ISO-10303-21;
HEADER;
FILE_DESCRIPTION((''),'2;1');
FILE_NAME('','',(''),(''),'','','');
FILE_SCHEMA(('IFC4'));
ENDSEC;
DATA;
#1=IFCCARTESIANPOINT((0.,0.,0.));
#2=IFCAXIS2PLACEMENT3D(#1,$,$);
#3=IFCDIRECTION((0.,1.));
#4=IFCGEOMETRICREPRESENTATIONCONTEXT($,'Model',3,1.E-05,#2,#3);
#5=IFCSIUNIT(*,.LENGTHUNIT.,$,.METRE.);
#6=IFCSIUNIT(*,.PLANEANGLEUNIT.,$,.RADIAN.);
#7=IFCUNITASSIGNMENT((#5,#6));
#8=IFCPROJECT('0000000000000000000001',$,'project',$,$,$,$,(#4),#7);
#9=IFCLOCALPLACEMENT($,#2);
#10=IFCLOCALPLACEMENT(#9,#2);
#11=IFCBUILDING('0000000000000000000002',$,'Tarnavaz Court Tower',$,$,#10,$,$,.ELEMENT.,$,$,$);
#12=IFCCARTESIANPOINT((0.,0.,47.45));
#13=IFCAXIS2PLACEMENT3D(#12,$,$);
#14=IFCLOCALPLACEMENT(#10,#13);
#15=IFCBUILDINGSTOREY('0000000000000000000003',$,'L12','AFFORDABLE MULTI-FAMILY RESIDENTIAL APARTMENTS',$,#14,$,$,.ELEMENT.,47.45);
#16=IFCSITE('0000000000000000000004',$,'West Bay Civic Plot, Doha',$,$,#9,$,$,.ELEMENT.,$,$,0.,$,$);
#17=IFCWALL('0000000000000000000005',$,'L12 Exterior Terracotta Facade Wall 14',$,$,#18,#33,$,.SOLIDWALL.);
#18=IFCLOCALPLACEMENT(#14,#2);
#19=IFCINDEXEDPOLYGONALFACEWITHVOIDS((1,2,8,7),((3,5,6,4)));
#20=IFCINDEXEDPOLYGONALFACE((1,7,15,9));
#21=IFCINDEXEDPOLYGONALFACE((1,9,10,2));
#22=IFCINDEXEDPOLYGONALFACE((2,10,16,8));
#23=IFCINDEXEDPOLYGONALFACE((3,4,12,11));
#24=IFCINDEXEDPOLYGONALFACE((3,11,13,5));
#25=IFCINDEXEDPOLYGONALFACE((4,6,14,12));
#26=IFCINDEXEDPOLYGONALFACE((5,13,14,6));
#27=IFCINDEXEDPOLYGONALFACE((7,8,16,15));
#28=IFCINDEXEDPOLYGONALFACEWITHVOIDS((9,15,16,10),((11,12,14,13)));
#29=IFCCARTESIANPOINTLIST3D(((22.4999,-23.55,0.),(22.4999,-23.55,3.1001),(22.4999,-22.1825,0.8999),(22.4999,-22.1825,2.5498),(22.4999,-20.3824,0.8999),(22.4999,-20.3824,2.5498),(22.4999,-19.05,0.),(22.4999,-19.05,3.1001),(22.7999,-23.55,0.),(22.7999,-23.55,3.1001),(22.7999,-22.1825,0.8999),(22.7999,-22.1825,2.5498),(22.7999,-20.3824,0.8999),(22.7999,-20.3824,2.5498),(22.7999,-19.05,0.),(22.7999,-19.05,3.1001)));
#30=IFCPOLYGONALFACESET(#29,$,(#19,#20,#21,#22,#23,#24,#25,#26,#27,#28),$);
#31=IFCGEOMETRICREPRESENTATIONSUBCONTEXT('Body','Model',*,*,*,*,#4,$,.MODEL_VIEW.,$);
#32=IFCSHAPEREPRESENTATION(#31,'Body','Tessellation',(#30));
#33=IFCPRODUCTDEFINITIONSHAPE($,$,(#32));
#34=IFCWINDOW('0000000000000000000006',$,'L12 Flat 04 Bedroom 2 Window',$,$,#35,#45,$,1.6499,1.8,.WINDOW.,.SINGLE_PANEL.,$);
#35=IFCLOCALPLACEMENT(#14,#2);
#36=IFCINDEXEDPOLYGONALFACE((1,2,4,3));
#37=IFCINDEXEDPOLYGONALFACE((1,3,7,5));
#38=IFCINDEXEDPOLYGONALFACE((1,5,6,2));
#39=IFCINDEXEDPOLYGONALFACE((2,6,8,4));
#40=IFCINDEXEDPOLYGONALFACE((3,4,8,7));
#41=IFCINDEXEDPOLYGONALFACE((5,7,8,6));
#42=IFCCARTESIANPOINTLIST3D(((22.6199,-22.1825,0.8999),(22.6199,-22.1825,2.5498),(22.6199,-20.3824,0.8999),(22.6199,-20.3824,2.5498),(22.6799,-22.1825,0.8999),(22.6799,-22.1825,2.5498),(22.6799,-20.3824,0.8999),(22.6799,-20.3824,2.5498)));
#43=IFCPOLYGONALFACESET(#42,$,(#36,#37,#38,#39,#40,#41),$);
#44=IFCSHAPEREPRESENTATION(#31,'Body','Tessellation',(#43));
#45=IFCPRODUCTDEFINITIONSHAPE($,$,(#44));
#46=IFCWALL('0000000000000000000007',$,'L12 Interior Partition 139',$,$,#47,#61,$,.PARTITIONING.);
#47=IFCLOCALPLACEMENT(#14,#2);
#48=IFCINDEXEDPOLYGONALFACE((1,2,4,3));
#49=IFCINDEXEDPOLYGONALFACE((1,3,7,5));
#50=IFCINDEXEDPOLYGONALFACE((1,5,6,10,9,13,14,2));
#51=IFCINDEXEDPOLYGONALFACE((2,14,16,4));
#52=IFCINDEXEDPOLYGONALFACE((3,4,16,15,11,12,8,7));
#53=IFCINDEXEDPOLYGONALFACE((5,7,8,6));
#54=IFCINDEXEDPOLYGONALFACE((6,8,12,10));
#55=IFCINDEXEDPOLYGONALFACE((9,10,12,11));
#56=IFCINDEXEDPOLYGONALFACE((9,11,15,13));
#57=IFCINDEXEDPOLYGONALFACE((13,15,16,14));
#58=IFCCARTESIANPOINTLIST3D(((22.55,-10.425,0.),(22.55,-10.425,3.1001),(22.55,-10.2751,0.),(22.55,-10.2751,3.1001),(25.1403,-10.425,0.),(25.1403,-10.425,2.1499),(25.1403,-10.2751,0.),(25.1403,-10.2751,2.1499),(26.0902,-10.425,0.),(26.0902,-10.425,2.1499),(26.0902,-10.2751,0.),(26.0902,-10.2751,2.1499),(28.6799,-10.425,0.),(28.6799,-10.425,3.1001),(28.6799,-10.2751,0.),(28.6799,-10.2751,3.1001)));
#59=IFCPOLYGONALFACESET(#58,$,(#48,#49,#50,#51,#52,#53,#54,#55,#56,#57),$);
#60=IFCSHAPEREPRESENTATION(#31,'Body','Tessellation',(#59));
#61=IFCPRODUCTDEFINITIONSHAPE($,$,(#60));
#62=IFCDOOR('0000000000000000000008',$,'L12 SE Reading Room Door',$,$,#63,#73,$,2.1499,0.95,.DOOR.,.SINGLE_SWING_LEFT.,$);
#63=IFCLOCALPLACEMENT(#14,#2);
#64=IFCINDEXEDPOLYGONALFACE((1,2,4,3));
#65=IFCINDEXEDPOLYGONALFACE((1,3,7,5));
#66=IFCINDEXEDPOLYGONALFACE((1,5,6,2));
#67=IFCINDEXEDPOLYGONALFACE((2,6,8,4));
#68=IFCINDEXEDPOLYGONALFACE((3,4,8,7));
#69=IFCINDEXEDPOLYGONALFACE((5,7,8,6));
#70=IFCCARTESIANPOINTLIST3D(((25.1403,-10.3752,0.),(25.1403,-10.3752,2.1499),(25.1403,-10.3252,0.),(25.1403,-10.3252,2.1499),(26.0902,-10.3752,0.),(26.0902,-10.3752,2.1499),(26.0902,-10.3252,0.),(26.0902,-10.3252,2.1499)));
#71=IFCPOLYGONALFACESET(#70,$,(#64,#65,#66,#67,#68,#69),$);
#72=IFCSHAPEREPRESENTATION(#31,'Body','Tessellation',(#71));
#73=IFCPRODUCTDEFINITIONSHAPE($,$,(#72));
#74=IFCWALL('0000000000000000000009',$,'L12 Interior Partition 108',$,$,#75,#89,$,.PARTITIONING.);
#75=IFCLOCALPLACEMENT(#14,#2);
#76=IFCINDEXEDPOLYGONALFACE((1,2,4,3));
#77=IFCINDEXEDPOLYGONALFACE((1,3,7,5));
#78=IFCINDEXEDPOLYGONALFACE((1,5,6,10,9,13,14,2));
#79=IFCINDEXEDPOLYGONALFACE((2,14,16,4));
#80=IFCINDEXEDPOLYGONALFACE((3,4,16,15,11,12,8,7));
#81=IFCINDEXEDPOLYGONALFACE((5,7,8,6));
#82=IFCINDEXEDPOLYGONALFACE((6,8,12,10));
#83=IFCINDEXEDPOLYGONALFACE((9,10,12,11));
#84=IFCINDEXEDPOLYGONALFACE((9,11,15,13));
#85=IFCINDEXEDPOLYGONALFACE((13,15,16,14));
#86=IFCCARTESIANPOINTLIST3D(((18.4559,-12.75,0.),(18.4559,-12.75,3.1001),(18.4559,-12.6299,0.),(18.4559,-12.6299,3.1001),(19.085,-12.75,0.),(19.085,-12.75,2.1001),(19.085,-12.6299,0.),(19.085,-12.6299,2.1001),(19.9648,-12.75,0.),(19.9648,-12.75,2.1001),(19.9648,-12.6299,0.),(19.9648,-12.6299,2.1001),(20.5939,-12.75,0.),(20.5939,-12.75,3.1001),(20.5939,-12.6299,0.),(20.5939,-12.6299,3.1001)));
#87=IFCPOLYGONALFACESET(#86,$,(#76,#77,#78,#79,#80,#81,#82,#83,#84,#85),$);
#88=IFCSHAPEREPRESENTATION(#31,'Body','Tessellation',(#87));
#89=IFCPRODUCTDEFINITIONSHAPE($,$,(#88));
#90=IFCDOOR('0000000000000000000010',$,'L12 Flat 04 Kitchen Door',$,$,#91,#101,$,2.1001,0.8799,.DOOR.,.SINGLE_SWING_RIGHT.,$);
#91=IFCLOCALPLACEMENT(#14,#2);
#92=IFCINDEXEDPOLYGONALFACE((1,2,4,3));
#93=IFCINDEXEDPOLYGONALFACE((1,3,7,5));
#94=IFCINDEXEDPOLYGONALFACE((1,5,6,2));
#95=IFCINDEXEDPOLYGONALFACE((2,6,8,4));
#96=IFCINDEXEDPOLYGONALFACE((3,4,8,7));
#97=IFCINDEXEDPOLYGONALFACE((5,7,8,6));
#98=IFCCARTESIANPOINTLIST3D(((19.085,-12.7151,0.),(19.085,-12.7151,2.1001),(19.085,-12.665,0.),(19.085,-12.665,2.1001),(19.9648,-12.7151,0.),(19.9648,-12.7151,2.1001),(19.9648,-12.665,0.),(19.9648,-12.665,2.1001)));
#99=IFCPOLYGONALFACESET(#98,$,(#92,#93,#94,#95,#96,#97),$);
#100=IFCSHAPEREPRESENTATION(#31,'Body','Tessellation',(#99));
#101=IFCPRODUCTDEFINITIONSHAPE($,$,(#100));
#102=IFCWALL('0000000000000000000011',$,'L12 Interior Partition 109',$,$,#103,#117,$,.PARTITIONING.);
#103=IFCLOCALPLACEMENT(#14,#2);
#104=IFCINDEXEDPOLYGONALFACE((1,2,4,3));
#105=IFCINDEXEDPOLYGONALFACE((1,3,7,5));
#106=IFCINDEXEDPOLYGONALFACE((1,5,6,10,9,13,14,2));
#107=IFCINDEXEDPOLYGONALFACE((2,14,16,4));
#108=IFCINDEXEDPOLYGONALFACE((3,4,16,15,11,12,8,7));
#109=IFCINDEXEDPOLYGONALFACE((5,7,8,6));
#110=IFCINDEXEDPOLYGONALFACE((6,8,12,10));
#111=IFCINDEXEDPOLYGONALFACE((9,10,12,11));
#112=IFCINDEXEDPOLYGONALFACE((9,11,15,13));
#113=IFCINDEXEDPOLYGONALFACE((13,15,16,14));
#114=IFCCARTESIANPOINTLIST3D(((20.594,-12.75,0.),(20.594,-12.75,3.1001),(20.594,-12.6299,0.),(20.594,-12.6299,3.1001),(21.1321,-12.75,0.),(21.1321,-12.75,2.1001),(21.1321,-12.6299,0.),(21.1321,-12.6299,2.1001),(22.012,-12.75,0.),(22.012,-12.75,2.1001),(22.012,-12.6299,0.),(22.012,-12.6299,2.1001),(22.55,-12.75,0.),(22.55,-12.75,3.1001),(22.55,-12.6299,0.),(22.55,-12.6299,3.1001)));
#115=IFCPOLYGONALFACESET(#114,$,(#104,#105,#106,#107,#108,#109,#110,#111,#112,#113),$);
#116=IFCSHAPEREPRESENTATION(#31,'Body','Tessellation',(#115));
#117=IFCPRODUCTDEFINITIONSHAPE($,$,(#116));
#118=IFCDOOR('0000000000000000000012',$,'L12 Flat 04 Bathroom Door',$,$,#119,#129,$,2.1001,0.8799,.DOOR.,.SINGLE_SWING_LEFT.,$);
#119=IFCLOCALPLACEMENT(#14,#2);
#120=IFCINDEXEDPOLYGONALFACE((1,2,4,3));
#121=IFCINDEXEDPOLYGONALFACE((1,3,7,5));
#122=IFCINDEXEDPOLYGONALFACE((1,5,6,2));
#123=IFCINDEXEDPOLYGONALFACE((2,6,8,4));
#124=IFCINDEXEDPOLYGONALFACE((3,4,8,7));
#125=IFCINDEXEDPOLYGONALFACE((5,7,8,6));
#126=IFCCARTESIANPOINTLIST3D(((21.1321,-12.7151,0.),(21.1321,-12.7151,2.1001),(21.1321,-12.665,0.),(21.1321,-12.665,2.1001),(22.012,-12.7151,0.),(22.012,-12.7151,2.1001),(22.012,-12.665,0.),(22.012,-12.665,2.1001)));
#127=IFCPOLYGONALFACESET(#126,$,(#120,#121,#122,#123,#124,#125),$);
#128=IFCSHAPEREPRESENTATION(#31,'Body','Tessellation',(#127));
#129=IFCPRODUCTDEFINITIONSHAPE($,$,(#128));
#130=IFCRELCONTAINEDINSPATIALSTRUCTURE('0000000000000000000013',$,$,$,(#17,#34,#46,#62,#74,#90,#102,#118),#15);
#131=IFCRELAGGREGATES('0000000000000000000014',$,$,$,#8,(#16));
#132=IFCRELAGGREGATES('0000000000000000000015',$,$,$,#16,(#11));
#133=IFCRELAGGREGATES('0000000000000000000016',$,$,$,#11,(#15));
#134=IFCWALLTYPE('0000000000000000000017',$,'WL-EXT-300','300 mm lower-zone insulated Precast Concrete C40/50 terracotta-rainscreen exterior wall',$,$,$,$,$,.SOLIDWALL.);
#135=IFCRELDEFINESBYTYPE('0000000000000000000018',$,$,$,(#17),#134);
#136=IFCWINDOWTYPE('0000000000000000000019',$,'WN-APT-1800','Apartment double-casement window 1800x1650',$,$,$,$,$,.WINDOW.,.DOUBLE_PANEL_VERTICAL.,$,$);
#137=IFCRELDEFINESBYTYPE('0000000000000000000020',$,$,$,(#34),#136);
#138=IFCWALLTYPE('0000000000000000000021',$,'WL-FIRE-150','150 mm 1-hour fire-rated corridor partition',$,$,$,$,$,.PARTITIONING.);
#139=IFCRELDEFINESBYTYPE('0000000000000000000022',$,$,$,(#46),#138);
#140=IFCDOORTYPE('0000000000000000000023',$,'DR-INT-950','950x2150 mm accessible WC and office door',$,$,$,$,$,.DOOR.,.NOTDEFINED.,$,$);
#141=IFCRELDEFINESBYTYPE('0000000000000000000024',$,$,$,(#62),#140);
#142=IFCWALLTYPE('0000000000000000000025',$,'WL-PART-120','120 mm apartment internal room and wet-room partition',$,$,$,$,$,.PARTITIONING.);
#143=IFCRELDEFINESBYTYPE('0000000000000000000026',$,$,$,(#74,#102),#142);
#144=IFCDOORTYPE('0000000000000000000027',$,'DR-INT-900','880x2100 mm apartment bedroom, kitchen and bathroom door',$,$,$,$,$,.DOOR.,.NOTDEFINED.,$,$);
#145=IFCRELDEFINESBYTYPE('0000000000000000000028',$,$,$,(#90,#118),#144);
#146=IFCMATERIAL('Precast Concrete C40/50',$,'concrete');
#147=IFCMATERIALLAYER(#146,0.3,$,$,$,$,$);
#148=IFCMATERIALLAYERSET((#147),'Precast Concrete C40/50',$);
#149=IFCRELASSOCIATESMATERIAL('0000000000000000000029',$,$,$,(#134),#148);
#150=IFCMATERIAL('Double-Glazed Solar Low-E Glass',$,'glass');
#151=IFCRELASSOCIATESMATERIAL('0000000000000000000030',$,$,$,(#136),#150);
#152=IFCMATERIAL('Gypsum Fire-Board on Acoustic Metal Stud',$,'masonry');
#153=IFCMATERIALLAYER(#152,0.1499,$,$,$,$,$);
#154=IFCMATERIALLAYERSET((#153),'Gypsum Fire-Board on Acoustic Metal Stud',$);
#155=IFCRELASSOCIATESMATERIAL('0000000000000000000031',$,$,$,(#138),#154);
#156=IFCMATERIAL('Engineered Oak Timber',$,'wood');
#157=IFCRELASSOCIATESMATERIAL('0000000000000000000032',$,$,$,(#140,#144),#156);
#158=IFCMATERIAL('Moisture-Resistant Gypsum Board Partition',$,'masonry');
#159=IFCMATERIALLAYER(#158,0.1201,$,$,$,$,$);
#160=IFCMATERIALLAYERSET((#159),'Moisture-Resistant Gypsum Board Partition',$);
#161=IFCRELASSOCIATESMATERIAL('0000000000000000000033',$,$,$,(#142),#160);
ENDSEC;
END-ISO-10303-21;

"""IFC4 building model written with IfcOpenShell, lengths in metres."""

from ifc_helpers import new_model, si_unit, direction, frame, frame_2d, origin, place, context, subcontext, project, spatial, rectangle, extrude, material, layer, layer_set, type_object, element, fill, save


model = new_model("IFC4")

# Units and contexts
model_context = context("Model", 3, precision=1e-05, world=origin(), true_north=direction((0.0, 1.0)))
body_context = subcontext(model_context, "Body", "Model", "MODEL_VIEW")
ifc_project = project(units=[si_unit("LENGTHUNIT", "METRE"), si_unit("PLANEANGLEUNIT", "RADIAN")], contexts=[model_context])

# Site, building, storey
site_placement = place(None, origin())
site = spatial("IfcSite", under=ifc_project, at=site_placement, Name="West Bay Civic Plot, Doha", CompositionType="ELEMENT", RefElevation=0.0)
building_placement = place(site_placement, origin())
building = spatial("IfcBuilding", under=site, at=building_placement, Name="Tarnavaz Court Tower", CompositionType="ELEMENT")
storey_placement = place(building_placement, frame((0.0, 0.0, 47.45)))
storey = spatial("IfcBuildingStorey", under=building, at=storey_placement, Name="L12", Description="AFFORDABLE MULTI-FAMILY RESIDENTIAL APARTMENTS", CompositionType="ELEMENT", Elevation=47.45)

# Wall, opening, window
ifc_material_1 = material(Name="Precast Concrete C40/50", Category="concrete")
ifc_layer_1 = layer(ifc_material_1, 0.3)
ifc_layer_set_1 = layer_set([ifc_layer_1], Name="Precast Concrete C40/50")
wall_type_1 = type_object("IfcWallType", Name="WL-EXT-300", Description="300 mm lower-zone insulated Precast Concrete C40/50 terracotta-rainscreen exterior wall", PredefinedType="SOLIDWALL", material=ifc_layer_set_1)
ifc_material_2 = material(Name="Double-Glazed Solar Low-E Glass", Category="glass")
wall_1_placement = place(storey_placement, frame((22.6499, -19.05, 0.0), z_axis=(0.0, 0.0, 1.0), x_axis=(0.0, -1.0, 0.0)))
wall_1 = element("IfcWall", 1, at=wall_1_placement, inside=storey, type_object=wall_type_1, Name="L12 Exterior Terracotta Facade Wall 14", PredefinedType="SOLIDWALL", context=body_context, shape_type="SweptSolid", body=[
    extrude(rectangle(XDim=4.5, YDim=0.3, at=frame_2d((2.25, 0.0))), origin(), (0.0, 0.0, 1.0), 3.1001),
])
opening_1_placement = place(wall_1_placement, frame((1.3325, 0.0, 0.8999)))
opening_1 = element("IfcOpeningElement", 2, at=opening_1_placement, cuts=wall_1, PredefinedType="OPENING", context=body_context, shape_type="SweptSolid", body=[
    extrude(rectangle(XDim=1.8, YDim=1.6499, at=frame_2d((0.8999, 0.825))), frame((0.0, 0.1599, 0.0), z_axis=(0.0, -1.0, 0.0), x_axis=(1.0, 0.0, 0.0)), (0.0, 0.0, 1.0), 0.3201),
])
window_type_1 = type_object("IfcWindowType", Name="WN-APT-1800", Description="Apartment double-casement window 1800x1650", PartitioningType="DOUBLE_PANEL_VERTICAL", PredefinedType="WINDOW", material=ifc_material_2)
window_1_placement = place(opening_1_placement, origin())
window_1 = element("IfcWindow", 3, at=window_1_placement, inside=storey, type_object=window_type_1, Name="L12 Flat 04 Bedroom 2 Window", OverallHeight=1.6499, OverallWidth=1.8, PartitioningType="SINGLE_PANEL", PredefinedType="WINDOW", context=body_context, shape_type="SweptSolid", body=[
    extrude(rectangle(XDim=1.8, YDim=1.6499, at=frame_2d((0.8999, 0.825))), frame((0.0, 0.03, 0.0), z_axis=(0.0, -1.0, 0.0), x_axis=(1.0, 0.0, 0.0)), (0.0, 0.0, 1.0), 0.0601),
])
fill(opening_1, window_1)

# Walls, openings, doors
ifc_material_3 = material(Name="Gypsum Fire-Board on Acoustic Metal Stud", Category="masonry")
ifc_layer_2 = layer(ifc_material_3, 0.1499)
ifc_layer_set_2 = layer_set([ifc_layer_2], Name="Gypsum Fire-Board on Acoustic Metal Stud")
wall_type_2 = type_object("IfcWallType", Name="WL-FIRE-150", Description="150 mm 1-hour fire-rated corridor partition", PredefinedType="PARTITIONING", material=ifc_layer_set_2)
wall_2_placement = place(storey_placement, frame((22.55, -10.3501, 0.0), z_axis=(0.0, 0.0, 1.0), x_axis=(1.0, 0.0, 0.0)))
wall_2 = element("IfcWall", 4, at=wall_2_placement, inside=storey, type_object=wall_type_2, Name="L12 Interior Partition 139", PredefinedType="PARTITIONING", context=body_context, shape_type="SweptSolid", body=[
    extrude(rectangle(XDim=6.1299, YDim=0.1499, at=frame_2d((3.0649, 0.0))), origin(), (0.0, 0.0, 1.0), 3.1001),
])
opening_2_placement = place(wall_2_placement, frame((2.5901, 0.0, 0.0)))
opening_2 = element("IfcOpeningElement", 5, at=opening_2_placement, cuts=wall_2, PredefinedType="OPENING", context=body_context, shape_type="SweptSolid", body=[
    extrude(rectangle(XDim=0.95, YDim=2.1499, at=frame_2d((0.4751, 1.075))), frame((0.0, 0.085, 0.0), z_axis=(0.0, -1.0, 0.0), x_axis=(1.0, 0.0, 0.0)), (0.0, 0.0, 1.0), 0.1699),
])
ifc_material_4 = material(Name="Engineered Oak Timber", Category="wood")
door_type_1 = type_object("IfcDoorType", Name="DR-INT-950", Description="950x2150 mm accessible WC and office door", OperationType="NOTDEFINED", PredefinedType="DOOR", material=ifc_material_4)
door_1_placement = place(opening_2_placement, origin())
door_1 = element("IfcDoor", 6, at=door_1_placement, inside=storey, type_object=door_type_1, Name="L12 SE Reading Room Door", OperationType="SINGLE_SWING_LEFT", OverallHeight=2.1499, OverallWidth=0.95, PredefinedType="DOOR", context=body_context, shape_type="SweptSolid", body=[
    extrude(rectangle(XDim=0.95, YDim=2.1499, at=frame_2d((0.4751, 1.075))), frame((0.0, 0.0249, 0.0), z_axis=(0.0, -1.0, 0.0), x_axis=(1.0, 0.0, 0.0)), (0.0, 0.0, 1.0), 0.05),
])
fill(opening_2, door_1)
ifc_material_5 = material(Name="Moisture-Resistant Gypsum Board Partition", Category="masonry")
ifc_layer_3 = layer(ifc_material_5, 0.1201)
ifc_layer_set_3 = layer_set([ifc_layer_3], Name="Moisture-Resistant Gypsum Board Partition")
wall_type_3 = type_object("IfcWallType", Name="WL-PART-120", Description="120 mm apartment internal room and wet-room partition", PredefinedType="PARTITIONING", material=ifc_layer_set_3)
wall_3_placement = place(storey_placement, frame((18.4561, -12.6899, 0.0), z_axis=(0.0, 0.0, 1.0), x_axis=(1.0, 0.0, 0.0)))
wall_3 = element("IfcWall", 7, at=wall_3_placement, inside=storey, type_object=wall_type_3, Name="L12 Interior Partition 108", PredefinedType="PARTITIONING", context=body_context, shape_type="SweptSolid", body=[
    extrude(rectangle(XDim=2.1379, YDim=0.1201, at=frame_2d((1.0688, 0.0))), origin(), (0.0, 0.0, 1.0), 3.1001),
])
opening_3_placement = place(wall_3_placement, frame((0.6289, 0.0, 0.0)))
opening_3 = element("IfcOpeningElement", 8, at=opening_3_placement, cuts=wall_3, PredefinedType="OPENING", context=body_context, shape_type="SweptSolid", body=[
    extrude(rectangle(XDim=0.8799, YDim=2.1001, at=frame_2d((0.4399, 1.05))), frame((0.0, 0.0701, 0.0), z_axis=(0.0, -1.0, 0.0), x_axis=(1.0, 0.0, 0.0)), (0.0, 0.0, 1.0), 0.1401),
])
door_type_2 = type_object("IfcDoorType", Name="DR-INT-900", Description="880x2100 mm apartment bedroom, kitchen and bathroom door", OperationType="NOTDEFINED", PredefinedType="DOOR", material=ifc_material_4)
door_2_placement = place(opening_3_placement, origin())
door_2 = element("IfcDoor", 9, at=door_2_placement, inside=storey, type_object=door_type_2, Name="L12 Flat 04 Kitchen Door", OperationType="SINGLE_SWING_RIGHT", OverallHeight=2.1001, OverallWidth=0.8799, PredefinedType="DOOR", context=body_context, shape_type="SweptSolid", body=[
    extrude(rectangle(XDim=0.8799, YDim=2.1001, at=frame_2d((0.4399, 1.05))), frame((0.0, 0.0249, 0.0), z_axis=(0.0, -1.0, 0.0), x_axis=(1.0, 0.0, 0.0)), (0.0, 0.0, 1.0), 0.05),
])
fill(opening_3, door_2)
wall_4_placement = place(storey_placement, frame((20.594, -12.6899, 0.0), z_axis=(0.0, 0.0, 1.0), x_axis=(1.0, 0.0, 0.0)))
wall_4 = element("IfcWall", 10, at=wall_4_placement, inside=storey, type_object=wall_type_3, Name="L12 Interior Partition 109", PredefinedType="PARTITIONING", context=body_context, shape_type="SweptSolid", body=[
    extrude(rectangle(XDim=1.9561, YDim=0.1201, at=frame_2d((0.978, 0.0))), origin(), (0.0, 0.0, 1.0), 3.1001),
])
opening_4_placement = place(wall_4_placement, frame((0.5381, 0.0, 0.0)))
opening_4 = element("IfcOpeningElement", 11, at=opening_4_placement, cuts=wall_4, PredefinedType="OPENING", context=body_context, shape_type="SweptSolid", body=[
    extrude(rectangle(XDim=0.8799, YDim=2.1001, at=frame_2d((0.4399, 1.05))), frame((0.0, 0.0701, 0.0), z_axis=(0.0, -1.0, 0.0), x_axis=(1.0, 0.0, 0.0)), (0.0, 0.0, 1.0), 0.1401),
])
door_3_placement = place(opening_4_placement, origin())
door_3 = element("IfcDoor", 12, at=door_3_placement, inside=storey, type_object=door_type_2, Name="L12 Flat 04 Bathroom Door", OperationType="SINGLE_SWING_LEFT", OverallHeight=2.1001, OverallWidth=0.8799, PredefinedType="DOOR", context=body_context, shape_type="SweptSolid", body=[
    extrude(rectangle(XDim=0.8799, YDim=2.1001, at=frame_2d((0.4399, 1.05))), frame((0.0, 0.0249, 0.0), z_axis=(0.0, -1.0, 0.0), x_axis=(1.0, 0.0, 0.0)), (0.0, 0.0, 1.0), 0.05),
])
fill(opening_4, door_3)

save(model, "model.ifc")
